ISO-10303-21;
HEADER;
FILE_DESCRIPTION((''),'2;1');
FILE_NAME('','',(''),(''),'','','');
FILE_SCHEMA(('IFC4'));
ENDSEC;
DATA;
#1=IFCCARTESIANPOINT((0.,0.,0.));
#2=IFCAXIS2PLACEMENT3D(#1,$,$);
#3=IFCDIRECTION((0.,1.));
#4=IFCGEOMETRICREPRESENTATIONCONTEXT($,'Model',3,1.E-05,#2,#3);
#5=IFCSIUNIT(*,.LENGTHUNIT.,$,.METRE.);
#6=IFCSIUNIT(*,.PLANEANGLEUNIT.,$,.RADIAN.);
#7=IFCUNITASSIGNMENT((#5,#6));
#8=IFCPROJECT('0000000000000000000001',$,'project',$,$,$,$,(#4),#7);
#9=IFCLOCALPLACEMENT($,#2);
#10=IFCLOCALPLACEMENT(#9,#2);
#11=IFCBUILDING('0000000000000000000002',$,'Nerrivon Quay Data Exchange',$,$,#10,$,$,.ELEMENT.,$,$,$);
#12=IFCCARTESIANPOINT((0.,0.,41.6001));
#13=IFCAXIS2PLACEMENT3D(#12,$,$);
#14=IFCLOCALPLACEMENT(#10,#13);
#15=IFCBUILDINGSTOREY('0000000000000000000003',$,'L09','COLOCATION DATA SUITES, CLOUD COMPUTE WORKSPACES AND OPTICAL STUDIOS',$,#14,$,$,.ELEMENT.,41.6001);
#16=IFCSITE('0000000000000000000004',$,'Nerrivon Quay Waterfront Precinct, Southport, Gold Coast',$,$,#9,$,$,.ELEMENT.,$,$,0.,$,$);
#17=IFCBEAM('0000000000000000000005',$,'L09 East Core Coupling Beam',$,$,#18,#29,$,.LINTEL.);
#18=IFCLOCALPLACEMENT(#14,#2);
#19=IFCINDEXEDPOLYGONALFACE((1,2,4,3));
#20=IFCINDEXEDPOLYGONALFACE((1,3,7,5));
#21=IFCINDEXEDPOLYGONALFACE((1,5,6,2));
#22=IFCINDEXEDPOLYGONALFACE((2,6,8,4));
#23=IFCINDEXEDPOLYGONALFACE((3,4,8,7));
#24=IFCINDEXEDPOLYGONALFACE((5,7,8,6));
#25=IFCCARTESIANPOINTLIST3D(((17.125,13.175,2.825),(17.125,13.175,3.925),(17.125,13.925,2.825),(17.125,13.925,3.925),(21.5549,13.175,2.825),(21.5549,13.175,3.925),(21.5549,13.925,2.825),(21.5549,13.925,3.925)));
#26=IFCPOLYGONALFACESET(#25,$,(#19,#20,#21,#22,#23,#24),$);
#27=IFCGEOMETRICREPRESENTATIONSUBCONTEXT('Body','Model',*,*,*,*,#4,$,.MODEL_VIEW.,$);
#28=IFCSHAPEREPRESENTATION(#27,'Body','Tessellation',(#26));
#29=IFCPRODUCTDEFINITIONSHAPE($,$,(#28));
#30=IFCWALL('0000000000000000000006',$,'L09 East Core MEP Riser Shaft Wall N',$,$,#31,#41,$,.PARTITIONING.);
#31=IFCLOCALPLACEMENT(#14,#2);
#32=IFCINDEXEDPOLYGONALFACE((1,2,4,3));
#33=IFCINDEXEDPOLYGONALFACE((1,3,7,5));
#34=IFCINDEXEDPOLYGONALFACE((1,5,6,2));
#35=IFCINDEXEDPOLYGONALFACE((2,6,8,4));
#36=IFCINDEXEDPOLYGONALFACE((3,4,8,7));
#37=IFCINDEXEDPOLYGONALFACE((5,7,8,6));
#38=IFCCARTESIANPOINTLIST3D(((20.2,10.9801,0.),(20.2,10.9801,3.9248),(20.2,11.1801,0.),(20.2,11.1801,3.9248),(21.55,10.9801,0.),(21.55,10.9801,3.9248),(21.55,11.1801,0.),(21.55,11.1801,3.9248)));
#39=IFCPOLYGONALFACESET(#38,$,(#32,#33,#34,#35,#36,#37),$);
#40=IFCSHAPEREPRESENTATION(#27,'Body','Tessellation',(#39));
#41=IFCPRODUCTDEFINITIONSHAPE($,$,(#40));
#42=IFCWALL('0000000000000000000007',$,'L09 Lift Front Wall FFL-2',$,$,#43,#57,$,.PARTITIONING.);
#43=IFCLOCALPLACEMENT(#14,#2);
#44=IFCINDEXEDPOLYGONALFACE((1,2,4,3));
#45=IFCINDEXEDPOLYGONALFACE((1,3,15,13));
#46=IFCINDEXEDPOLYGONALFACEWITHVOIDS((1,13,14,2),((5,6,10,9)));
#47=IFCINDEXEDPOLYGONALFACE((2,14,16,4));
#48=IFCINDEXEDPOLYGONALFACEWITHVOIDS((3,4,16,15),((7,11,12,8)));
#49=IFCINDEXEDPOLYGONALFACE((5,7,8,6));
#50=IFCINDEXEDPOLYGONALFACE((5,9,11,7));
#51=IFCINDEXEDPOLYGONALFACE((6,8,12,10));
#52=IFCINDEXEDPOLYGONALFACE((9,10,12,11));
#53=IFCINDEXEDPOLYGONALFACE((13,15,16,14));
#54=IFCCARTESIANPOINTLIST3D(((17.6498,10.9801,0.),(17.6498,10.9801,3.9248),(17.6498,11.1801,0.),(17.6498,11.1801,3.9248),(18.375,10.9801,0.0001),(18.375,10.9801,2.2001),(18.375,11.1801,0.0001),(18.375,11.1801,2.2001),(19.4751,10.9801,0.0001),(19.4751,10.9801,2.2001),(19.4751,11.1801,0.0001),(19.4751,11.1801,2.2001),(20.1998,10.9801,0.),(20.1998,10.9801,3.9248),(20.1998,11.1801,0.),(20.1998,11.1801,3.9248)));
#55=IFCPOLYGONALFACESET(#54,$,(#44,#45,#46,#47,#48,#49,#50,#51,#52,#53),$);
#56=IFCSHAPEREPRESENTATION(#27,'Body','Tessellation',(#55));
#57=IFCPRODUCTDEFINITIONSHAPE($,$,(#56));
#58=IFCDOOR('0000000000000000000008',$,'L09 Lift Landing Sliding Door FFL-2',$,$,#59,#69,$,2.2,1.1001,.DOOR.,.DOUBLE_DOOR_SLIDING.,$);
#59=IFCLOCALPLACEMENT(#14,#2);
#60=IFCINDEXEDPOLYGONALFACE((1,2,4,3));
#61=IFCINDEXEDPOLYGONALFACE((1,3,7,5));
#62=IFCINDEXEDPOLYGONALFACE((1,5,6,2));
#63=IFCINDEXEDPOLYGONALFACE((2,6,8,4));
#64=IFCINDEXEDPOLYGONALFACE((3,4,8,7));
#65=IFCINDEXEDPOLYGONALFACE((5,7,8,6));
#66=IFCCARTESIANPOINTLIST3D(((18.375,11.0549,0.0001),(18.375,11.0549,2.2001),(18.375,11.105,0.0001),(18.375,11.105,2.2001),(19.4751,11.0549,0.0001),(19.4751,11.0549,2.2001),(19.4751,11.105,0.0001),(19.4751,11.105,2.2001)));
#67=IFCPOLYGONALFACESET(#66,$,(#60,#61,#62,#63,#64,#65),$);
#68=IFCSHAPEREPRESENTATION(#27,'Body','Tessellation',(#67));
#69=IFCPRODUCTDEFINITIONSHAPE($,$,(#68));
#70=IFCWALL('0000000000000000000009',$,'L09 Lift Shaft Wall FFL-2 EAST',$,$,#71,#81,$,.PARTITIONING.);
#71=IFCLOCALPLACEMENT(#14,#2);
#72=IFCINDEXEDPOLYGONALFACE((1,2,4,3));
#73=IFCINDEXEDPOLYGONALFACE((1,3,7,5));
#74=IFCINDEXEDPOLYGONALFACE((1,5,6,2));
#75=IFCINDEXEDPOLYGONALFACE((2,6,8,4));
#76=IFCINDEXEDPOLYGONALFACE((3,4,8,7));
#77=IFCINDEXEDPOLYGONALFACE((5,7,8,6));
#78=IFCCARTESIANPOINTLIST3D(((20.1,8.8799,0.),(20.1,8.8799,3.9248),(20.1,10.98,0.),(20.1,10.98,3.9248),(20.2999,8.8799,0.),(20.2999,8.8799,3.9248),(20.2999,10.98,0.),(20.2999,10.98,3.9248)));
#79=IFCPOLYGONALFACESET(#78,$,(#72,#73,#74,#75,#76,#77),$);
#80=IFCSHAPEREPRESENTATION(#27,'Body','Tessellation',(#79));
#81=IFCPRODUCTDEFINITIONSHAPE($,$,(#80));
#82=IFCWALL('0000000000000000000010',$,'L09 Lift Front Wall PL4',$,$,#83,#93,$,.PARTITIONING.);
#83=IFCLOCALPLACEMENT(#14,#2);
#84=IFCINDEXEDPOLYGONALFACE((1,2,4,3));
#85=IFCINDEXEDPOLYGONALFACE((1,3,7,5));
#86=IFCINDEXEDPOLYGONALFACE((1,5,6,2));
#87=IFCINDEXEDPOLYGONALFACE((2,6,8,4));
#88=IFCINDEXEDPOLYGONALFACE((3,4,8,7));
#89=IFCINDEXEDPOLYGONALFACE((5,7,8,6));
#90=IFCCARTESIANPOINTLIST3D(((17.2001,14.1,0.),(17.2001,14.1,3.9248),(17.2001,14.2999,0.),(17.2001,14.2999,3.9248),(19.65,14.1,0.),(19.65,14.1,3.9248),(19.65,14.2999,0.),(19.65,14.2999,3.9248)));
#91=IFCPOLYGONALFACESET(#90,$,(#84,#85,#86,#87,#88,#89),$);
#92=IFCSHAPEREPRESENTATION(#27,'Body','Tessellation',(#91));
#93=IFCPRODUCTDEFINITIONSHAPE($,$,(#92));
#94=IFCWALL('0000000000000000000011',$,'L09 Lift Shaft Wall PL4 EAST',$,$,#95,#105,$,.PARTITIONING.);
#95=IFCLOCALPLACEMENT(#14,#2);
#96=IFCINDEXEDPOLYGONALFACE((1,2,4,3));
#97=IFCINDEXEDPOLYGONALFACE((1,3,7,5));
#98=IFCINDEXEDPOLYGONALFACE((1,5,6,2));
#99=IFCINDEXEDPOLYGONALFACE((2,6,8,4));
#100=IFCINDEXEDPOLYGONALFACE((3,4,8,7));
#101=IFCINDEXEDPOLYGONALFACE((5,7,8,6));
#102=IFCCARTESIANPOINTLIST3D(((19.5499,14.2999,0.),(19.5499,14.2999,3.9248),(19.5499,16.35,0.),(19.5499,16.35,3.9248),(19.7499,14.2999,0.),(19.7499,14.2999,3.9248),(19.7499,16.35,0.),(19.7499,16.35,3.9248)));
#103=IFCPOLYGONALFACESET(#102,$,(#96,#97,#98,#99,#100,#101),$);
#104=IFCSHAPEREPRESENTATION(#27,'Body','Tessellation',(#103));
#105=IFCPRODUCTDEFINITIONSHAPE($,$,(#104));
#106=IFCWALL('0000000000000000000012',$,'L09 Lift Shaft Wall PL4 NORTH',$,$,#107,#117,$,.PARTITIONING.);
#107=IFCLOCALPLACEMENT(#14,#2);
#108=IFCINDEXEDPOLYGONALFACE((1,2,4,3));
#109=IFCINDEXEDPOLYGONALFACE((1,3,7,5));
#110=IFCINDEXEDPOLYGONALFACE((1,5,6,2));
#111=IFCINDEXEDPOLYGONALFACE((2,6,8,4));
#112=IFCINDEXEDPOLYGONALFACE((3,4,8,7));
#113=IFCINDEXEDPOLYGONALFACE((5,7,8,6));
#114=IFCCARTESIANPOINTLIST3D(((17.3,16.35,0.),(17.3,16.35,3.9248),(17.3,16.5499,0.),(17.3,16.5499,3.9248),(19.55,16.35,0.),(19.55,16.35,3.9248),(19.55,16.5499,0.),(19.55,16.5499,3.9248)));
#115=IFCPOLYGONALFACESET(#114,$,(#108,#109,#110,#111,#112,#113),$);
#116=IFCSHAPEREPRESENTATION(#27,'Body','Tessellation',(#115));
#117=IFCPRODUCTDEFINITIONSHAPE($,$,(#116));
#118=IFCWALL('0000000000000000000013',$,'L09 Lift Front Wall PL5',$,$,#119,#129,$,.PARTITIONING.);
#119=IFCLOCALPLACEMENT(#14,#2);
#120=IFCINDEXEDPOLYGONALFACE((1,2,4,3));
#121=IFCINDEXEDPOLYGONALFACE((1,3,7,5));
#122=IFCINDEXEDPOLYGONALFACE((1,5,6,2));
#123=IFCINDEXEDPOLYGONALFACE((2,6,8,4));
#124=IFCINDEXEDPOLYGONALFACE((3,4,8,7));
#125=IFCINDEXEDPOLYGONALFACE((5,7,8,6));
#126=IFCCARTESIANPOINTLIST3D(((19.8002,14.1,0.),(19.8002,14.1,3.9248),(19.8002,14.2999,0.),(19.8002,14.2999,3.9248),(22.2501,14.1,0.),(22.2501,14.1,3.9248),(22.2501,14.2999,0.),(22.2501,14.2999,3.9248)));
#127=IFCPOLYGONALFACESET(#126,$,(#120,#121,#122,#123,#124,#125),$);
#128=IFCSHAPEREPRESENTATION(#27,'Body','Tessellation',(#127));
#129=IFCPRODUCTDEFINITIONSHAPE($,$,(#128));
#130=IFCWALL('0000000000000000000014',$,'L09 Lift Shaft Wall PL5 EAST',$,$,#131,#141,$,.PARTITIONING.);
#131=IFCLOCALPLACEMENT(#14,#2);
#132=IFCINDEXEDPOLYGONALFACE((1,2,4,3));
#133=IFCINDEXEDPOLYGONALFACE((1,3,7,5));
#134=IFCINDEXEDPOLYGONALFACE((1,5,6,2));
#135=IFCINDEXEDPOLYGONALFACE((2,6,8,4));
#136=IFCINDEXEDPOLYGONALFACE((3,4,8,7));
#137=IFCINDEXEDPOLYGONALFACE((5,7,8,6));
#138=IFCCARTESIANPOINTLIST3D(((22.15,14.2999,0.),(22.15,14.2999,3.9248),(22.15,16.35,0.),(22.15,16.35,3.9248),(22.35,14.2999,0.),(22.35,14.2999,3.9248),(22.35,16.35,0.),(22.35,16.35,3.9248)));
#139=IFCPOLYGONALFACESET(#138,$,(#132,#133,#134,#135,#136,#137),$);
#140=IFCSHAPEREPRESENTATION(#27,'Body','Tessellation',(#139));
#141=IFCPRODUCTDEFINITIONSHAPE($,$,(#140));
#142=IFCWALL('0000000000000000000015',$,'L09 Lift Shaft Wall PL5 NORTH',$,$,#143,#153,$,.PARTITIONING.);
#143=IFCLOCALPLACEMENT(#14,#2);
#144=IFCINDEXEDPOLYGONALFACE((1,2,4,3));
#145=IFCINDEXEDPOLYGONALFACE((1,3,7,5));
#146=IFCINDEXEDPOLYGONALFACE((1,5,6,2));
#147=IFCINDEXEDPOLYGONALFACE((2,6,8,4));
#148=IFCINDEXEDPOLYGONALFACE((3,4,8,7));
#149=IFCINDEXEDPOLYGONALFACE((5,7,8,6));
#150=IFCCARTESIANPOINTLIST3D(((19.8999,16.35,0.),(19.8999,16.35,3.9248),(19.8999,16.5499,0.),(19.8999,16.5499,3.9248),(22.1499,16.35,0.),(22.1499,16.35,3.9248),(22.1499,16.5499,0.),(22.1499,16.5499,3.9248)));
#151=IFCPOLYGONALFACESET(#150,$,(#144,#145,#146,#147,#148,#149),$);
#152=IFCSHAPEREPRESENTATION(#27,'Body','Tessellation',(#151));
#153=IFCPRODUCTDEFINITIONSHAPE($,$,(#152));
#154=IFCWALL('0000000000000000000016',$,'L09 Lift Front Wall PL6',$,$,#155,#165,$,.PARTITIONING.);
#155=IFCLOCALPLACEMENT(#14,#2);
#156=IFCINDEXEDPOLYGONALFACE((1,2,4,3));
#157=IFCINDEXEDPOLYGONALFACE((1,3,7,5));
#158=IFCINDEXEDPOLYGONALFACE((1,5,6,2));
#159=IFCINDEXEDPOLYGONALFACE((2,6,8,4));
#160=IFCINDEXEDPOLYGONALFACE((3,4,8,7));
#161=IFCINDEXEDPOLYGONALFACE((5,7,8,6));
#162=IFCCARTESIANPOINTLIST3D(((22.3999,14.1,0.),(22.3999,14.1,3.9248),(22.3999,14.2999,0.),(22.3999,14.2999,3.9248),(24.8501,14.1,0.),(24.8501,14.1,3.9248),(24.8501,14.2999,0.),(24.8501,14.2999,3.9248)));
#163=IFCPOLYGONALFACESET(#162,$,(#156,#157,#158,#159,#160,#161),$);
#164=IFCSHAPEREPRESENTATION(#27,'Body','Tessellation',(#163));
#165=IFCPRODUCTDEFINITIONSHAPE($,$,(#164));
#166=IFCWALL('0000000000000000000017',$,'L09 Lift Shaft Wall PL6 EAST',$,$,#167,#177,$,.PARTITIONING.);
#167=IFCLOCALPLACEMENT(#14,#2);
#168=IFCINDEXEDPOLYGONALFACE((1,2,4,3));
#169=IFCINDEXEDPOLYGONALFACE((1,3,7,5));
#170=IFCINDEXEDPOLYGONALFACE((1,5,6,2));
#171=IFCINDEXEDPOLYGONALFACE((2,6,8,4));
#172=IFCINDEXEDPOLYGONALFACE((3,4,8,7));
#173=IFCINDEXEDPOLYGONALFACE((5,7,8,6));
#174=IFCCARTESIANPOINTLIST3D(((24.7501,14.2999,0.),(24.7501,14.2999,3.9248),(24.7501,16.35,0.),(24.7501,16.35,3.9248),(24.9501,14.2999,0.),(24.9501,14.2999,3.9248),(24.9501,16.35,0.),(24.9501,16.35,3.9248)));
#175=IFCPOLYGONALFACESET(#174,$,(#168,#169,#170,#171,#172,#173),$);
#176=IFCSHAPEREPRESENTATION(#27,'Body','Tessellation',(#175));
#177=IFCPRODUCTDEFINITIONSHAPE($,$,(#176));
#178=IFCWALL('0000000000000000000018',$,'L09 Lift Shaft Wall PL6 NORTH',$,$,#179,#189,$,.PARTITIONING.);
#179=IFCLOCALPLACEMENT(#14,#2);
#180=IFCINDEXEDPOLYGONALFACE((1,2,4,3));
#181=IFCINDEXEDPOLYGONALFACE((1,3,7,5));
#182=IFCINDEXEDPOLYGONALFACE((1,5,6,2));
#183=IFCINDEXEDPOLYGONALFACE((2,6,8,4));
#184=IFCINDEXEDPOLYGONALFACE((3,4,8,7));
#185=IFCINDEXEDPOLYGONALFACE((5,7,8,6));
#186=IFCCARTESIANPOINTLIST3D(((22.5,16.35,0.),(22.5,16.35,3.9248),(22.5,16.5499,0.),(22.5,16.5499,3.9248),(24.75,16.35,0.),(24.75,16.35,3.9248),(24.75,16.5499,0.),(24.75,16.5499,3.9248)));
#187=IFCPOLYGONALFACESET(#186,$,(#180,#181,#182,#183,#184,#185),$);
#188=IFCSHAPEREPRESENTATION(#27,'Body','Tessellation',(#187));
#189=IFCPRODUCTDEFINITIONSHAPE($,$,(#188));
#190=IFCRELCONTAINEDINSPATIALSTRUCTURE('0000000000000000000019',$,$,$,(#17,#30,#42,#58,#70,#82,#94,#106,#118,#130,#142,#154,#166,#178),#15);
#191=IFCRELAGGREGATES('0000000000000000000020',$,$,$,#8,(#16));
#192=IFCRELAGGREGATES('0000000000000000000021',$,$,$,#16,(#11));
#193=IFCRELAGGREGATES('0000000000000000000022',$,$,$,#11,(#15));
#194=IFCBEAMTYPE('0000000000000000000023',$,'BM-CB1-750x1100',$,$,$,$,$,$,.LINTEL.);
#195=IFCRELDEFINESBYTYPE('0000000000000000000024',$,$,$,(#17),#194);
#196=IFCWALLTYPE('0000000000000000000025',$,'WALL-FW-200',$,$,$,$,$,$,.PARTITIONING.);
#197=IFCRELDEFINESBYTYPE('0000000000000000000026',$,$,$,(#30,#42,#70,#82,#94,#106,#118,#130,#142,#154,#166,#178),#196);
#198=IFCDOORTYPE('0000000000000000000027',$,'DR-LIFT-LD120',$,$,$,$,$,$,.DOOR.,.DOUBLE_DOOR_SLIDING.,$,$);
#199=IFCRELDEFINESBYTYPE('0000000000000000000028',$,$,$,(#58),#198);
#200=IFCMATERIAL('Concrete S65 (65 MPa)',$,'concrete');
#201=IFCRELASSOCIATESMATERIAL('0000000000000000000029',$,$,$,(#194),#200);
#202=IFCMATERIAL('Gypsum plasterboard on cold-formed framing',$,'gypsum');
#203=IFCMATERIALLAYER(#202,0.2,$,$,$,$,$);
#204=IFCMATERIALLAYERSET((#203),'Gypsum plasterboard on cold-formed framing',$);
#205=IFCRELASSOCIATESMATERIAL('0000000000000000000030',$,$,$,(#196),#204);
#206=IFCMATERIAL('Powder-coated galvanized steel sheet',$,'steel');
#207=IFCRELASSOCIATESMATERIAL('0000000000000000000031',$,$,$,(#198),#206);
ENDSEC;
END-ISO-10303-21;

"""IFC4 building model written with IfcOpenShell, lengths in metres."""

from ifc_helpers import new_model, si_unit, direction, frame, frame_2d, origin, origin_2d, place, context, subcontext, project, spatial, rectangle, extrude, material, layer, layer_set, material_profile, profile_set, type_object, element, fill, save


model = new_model("IFC4")

# Units and contexts
model_context = context("Model", 3, precision=1e-05, world=origin(), true_north=direction((0.0, 1.0)))
body_context = subcontext(model_context, "Body", "Model", "MODEL_VIEW")
ifc_project = project(units=[si_unit("LENGTHUNIT", "METRE"), si_unit("PLANEANGLEUNIT", "RADIAN")], contexts=[model_context])

# Site, building, storey
site_placement = place(None, origin())
site = spatial("IfcSite", under=ifc_project, at=site_placement, Name="Nerrivon Quay Waterfront Precinct, Southport, Gold Coast", CompositionType="ELEMENT", RefElevation=0.0)
building_placement = place(site_placement, origin())
building = spatial("IfcBuilding", under=site, at=building_placement, Name="Nerrivon Quay Data Exchange", CompositionType="ELEMENT")
storey_placement = place(building_placement, frame((0.0, 0.0, 41.6001)))
storey = spatial("IfcBuildingStorey", under=building, at=storey_placement, Name="L09", Description="COLOCATION DATA SUITES, CLOUD COMPUTE WORKSPACES AND OPTICAL STUDIOS", CompositionType="ELEMENT", Elevation=41.6001)

# Beam
ifc_material_1 = material(Name="Concrete S65 (65 MPa)", Category="concrete")
ifc_material_profile = material_profile(ifc_material_1, rectangle(XDim=0.75, YDim=1.1001, at=origin_2d()), Name="RC-CB-750x1100")
ifc_profile_set = profile_set([ifc_material_profile], Name="Concrete S65 (65 MPa)")
beam_type = type_object("IfcBeamType", Name="BM-CB1-750x1100", PredefinedType="LINTEL", material=ifc_profile_set)
beam_placement = place(storey_placement, frame((17.125, 13.55, 3.375), z_axis=(1.0, 0.0, 0.0), x_axis=(0.0, 1.0, 0.0)))
element("IfcBeam", 1, at=beam_placement, inside=storey, type_object=beam_type, Name="L09 East Core Coupling Beam", PredefinedType="LINTEL", context=body_context, shape_type="SweptSolid", body=[
    extrude(rectangle(XDim=0.75, YDim=1.1001, at=origin_2d()), origin(), (0.0, 0.0, 1.0), 4.4299),
])

# Shared definitions
ifc_material_2 = material(Name="Powder-coated galvanized steel sheet", Category="steel")

# Wall
ifc_material_3 = material(Name="Gypsum plasterboard on cold-formed framing", Category="gypsum")
ifc_layer_1 = layer(ifc_material_3, 0.2)
ifc_layer_set_1 = layer_set([ifc_layer_1], Name="Gypsum plasterboard on cold-formed framing")
wall_type_1 = type_object("IfcWallType", Name="WALL-FW-200", PredefinedType="PARTITIONING", material=ifc_layer_set_1)
wall_1_placement = place(storey_placement, frame((20.2, 11.0801, 0.0), z_axis=(0.0, 0.0, 1.0), x_axis=(1.0, 0.0, 0.0)))
element("IfcWall", 2, at=wall_1_placement, inside=storey, type_object=wall_type_1, Name="L09 East Core MEP Riser Shaft Wall N", PredefinedType="PARTITIONING", context=body_context, shape_type="SweptSolid", body=[
    extrude(rectangle(XDim=1.3501, YDim=0.2, at=frame_2d((0.675, 0.0))), origin(), (0.0, 0.0, 1.0), 3.9248),
])

# Wall, opening, door
wall_2_placement = place(storey_placement, frame((17.6499, 11.0801, 0.0), z_axis=(0.0, 0.0, 1.0), x_axis=(1.0, 0.0, 0.0)))
wall_2 = element("IfcWall", 3, at=wall_2_placement, inside=storey, type_object=wall_type_1, Name="L09 Lift Front Wall FFL-2", PredefinedType="PARTITIONING", context=body_context, shape_type="SweptSolid", body=[
    extrude(rectangle(XDim=2.55, YDim=0.2, at=frame_2d((1.2749, 0.0))), origin(), (0.0, 0.0, 1.0), 3.9248),
])
opening_1_placement = place(wall_2_placement, frame((0.7251, 0.0, 0.0)))
opening_1 = element("IfcOpeningElement", 4, at=opening_1_placement, cuts=wall_2, PredefinedType="OPENING", context=body_context, shape_type="SweptSolid", body=[
    extrude(rectangle(XDim=1.1001, YDim=2.2, at=frame_2d((0.55, 1.1001))), frame((0.0, 0.1099, 0.0), z_axis=(0.0, -1.0, 0.0), x_axis=(1.0, 0.0, 0.0)), (0.0, 0.0, 1.0), 0.22),
])
door_type_1 = type_object("IfcDoorType", Name="DR-LIFT-LD120", OperationType="DOUBLE_DOOR_SLIDING", PredefinedType="DOOR", material=ifc_material_2)
door_1_placement = place(opening_1_placement, origin())
door_1 = element("IfcDoor", 5, at=door_1_placement, inside=storey, type_object=door_type_1, Name="L09 Lift Landing Sliding Door FFL-2", OperationType="DOUBLE_DOOR_SLIDING", OverallHeight=2.2, OverallWidth=1.1001, PredefinedType="DOOR", context=body_context, shape_type="SweptSolid", body=[
    extrude(rectangle(XDim=1.1001, YDim=2.2, at=frame_2d((0.55, 1.1001))), frame((0.0, 0.0249, 0.0), z_axis=(0.0, -1.0, 0.0), x_axis=(1.0, 0.0, 0.0)), (0.0, 0.0, 1.0), 0.05),
])
fill(opening_1, door_1)

# Walls
wall_3_placement = place(storey_placement, frame((20.2, 8.8799, 0.0), z_axis=(0.0, 0.0, 1.0), x_axis=(0.0, 1.0, 0.0)))
element("IfcWall", 6, at=wall_3_placement, inside=storey, type_object=wall_type_1, Name="L09 Lift Shaft Wall FFL-2 EAST", PredefinedType="PARTITIONING", context=body_context, shape_type="SweptSolid", body=[
    extrude(rectangle(XDim=2.1001, YDim=0.2, at=frame_2d((1.05, 0.0))), origin(), (0.0, 0.0, 1.0), 3.9248),
])
wall_4_placement = place(storey_placement, frame((17.2, 14.2, 0.0), z_axis=(0.0, 0.0, 1.0), x_axis=(1.0, 0.0, 0.0)))
element("IfcWall", 7, at=wall_4_placement, inside=storey, type_object=wall_type_1, Name="L09 Lift Front Wall PL4", PredefinedType="PARTITIONING", context=body_context, shape_type="SweptSolid", body=[
    extrude(rectangle(XDim=2.45, YDim=0.2, at=frame_2d((1.2251, 0.0))), origin(), (0.0, 0.0, 1.0), 3.9248),
])
wall_5_placement = place(storey_placement, frame((19.6499, 14.3, 0.0), z_axis=(0.0, 0.0, 1.0), x_axis=(0.0, 1.0, 0.0)))
element("IfcWall", 8, at=wall_5_placement, inside=storey, type_object=wall_type_1, Name="L09 Lift Shaft Wall PL4 EAST", PredefinedType="PARTITIONING", context=body_context, shape_type="SweptSolid", body=[
    extrude(rectangle(XDim=2.05, YDim=0.2, at=frame_2d((1.0249, 0.0))), origin(), (0.0, 0.0, 1.0), 3.9248),
])
wall_6_placement = place(storey_placement, frame((17.3, 16.45, 0.0), z_axis=(0.0, 0.0, 1.0), x_axis=(1.0, 0.0, 0.0)))
element("IfcWall", 9, at=wall_6_placement, inside=storey, type_object=wall_type_1, Name="L09 Lift Shaft Wall PL4 NORTH", PredefinedType="PARTITIONING", context=body_context, shape_type="SweptSolid", body=[
    extrude(rectangle(XDim=2.25, YDim=0.2, at=frame_2d((1.125, 0.0))), origin(), (0.0, 0.0, 1.0), 3.9248),
])
wall_7_placement = place(storey_placement, frame((19.8, 14.2, 0.0), z_axis=(0.0, 0.0, 1.0), x_axis=(1.0, 0.0, 0.0)))
element("IfcWall", 10, at=wall_7_placement, inside=storey, type_object=wall_type_1, Name="L09 Lift Front Wall PL5", PredefinedType="PARTITIONING", context=body_context, shape_type="SweptSolid", body=[
    extrude(rectangle(XDim=2.45, YDim=0.2, at=frame_2d((1.2251, 0.0))), origin(), (0.0, 0.0, 1.0), 3.9248),
])
wall_8_placement = place(storey_placement, frame((22.25, 14.3, 0.0), z_axis=(0.0, 0.0, 1.0), x_axis=(0.0, 1.0, 0.0)))
element("IfcWall", 11, at=wall_8_placement, inside=storey, type_object=wall_type_1, Name="L09 Lift Shaft Wall PL5 EAST", PredefinedType="PARTITIONING", context=body_context, shape_type="SweptSolid", body=[
    extrude(rectangle(XDim=2.05, YDim=0.2, at=frame_2d((1.0249, 0.0))), origin(), (0.0, 0.0, 1.0), 3.9248),
])
wall_9_placement = place(storey_placement, frame((19.8999, 16.45, 0.0), z_axis=(0.0, 0.0, 1.0), x_axis=(1.0, 0.0, 0.0)))
element("IfcWall", 12, at=wall_9_placement, inside=storey, type_object=wall_type_1, Name="L09 Lift Shaft Wall PL5 NORTH", PredefinedType="PARTITIONING", context=body_context, shape_type="SweptSolid", body=[
    extrude(rectangle(XDim=2.25, YDim=0.2, at=frame_2d((1.125, 0.0))), origin(), (0.0, 0.0, 1.0), 3.9248),
])
wall_10_placement = place(storey_placement, frame((22.3999, 14.2, 0.0), z_axis=(0.0, 0.0, 1.0), x_axis=(1.0, 0.0, 0.0)))
element("IfcWall", 13, at=wall_10_placement, inside=storey, type_object=wall_type_1, Name="L09 Lift Front Wall PL6", PredefinedType="PARTITIONING", context=body_context, shape_type="SweptSolid", body=[
    extrude(rectangle(XDim=2.4502, YDim=0.2, at=frame_2d((1.2251, 0.0))), origin(), (0.0, 0.0, 1.0), 3.9248),
])
wall_11_placement = place(storey_placement, frame((24.8501, 14.3, 0.0), z_axis=(0.0, 0.0, 1.0), x_axis=(0.0, 1.0, 0.0)))
element("IfcWall", 14, at=wall_11_placement, inside=storey, type_object=wall_type_1, Name="L09 Lift Shaft Wall PL6 EAST", PredefinedType="PARTITIONING", context=body_context, shape_type="SweptSolid", body=[
    extrude(rectangle(XDim=2.05, YDim=0.2, at=frame_2d((1.0249, 0.0))), origin(), (0.0, 0.0, 1.0), 3.9248),
])
wall_12_placement = place(storey_placement, frame((22.5, 16.45, 0.0), z_axis=(0.0, 0.0, 1.0), x_axis=(1.0, 0.0, 0.0)))
element("IfcWall", 15, at=wall_12_placement, inside=storey, type_object=wall_type_1, Name="L09 Lift Shaft Wall PL6 NORTH", PredefinedType="PARTITIONING", context=body_context, shape_type="SweptSolid", body=[
    extrude(rectangle(XDim=2.25, YDim=0.2, at=frame_2d((1.125, 0.0))), origin(), (0.0, 0.0, 1.0), 3.9248),
])

save(model, "model.ifc")
